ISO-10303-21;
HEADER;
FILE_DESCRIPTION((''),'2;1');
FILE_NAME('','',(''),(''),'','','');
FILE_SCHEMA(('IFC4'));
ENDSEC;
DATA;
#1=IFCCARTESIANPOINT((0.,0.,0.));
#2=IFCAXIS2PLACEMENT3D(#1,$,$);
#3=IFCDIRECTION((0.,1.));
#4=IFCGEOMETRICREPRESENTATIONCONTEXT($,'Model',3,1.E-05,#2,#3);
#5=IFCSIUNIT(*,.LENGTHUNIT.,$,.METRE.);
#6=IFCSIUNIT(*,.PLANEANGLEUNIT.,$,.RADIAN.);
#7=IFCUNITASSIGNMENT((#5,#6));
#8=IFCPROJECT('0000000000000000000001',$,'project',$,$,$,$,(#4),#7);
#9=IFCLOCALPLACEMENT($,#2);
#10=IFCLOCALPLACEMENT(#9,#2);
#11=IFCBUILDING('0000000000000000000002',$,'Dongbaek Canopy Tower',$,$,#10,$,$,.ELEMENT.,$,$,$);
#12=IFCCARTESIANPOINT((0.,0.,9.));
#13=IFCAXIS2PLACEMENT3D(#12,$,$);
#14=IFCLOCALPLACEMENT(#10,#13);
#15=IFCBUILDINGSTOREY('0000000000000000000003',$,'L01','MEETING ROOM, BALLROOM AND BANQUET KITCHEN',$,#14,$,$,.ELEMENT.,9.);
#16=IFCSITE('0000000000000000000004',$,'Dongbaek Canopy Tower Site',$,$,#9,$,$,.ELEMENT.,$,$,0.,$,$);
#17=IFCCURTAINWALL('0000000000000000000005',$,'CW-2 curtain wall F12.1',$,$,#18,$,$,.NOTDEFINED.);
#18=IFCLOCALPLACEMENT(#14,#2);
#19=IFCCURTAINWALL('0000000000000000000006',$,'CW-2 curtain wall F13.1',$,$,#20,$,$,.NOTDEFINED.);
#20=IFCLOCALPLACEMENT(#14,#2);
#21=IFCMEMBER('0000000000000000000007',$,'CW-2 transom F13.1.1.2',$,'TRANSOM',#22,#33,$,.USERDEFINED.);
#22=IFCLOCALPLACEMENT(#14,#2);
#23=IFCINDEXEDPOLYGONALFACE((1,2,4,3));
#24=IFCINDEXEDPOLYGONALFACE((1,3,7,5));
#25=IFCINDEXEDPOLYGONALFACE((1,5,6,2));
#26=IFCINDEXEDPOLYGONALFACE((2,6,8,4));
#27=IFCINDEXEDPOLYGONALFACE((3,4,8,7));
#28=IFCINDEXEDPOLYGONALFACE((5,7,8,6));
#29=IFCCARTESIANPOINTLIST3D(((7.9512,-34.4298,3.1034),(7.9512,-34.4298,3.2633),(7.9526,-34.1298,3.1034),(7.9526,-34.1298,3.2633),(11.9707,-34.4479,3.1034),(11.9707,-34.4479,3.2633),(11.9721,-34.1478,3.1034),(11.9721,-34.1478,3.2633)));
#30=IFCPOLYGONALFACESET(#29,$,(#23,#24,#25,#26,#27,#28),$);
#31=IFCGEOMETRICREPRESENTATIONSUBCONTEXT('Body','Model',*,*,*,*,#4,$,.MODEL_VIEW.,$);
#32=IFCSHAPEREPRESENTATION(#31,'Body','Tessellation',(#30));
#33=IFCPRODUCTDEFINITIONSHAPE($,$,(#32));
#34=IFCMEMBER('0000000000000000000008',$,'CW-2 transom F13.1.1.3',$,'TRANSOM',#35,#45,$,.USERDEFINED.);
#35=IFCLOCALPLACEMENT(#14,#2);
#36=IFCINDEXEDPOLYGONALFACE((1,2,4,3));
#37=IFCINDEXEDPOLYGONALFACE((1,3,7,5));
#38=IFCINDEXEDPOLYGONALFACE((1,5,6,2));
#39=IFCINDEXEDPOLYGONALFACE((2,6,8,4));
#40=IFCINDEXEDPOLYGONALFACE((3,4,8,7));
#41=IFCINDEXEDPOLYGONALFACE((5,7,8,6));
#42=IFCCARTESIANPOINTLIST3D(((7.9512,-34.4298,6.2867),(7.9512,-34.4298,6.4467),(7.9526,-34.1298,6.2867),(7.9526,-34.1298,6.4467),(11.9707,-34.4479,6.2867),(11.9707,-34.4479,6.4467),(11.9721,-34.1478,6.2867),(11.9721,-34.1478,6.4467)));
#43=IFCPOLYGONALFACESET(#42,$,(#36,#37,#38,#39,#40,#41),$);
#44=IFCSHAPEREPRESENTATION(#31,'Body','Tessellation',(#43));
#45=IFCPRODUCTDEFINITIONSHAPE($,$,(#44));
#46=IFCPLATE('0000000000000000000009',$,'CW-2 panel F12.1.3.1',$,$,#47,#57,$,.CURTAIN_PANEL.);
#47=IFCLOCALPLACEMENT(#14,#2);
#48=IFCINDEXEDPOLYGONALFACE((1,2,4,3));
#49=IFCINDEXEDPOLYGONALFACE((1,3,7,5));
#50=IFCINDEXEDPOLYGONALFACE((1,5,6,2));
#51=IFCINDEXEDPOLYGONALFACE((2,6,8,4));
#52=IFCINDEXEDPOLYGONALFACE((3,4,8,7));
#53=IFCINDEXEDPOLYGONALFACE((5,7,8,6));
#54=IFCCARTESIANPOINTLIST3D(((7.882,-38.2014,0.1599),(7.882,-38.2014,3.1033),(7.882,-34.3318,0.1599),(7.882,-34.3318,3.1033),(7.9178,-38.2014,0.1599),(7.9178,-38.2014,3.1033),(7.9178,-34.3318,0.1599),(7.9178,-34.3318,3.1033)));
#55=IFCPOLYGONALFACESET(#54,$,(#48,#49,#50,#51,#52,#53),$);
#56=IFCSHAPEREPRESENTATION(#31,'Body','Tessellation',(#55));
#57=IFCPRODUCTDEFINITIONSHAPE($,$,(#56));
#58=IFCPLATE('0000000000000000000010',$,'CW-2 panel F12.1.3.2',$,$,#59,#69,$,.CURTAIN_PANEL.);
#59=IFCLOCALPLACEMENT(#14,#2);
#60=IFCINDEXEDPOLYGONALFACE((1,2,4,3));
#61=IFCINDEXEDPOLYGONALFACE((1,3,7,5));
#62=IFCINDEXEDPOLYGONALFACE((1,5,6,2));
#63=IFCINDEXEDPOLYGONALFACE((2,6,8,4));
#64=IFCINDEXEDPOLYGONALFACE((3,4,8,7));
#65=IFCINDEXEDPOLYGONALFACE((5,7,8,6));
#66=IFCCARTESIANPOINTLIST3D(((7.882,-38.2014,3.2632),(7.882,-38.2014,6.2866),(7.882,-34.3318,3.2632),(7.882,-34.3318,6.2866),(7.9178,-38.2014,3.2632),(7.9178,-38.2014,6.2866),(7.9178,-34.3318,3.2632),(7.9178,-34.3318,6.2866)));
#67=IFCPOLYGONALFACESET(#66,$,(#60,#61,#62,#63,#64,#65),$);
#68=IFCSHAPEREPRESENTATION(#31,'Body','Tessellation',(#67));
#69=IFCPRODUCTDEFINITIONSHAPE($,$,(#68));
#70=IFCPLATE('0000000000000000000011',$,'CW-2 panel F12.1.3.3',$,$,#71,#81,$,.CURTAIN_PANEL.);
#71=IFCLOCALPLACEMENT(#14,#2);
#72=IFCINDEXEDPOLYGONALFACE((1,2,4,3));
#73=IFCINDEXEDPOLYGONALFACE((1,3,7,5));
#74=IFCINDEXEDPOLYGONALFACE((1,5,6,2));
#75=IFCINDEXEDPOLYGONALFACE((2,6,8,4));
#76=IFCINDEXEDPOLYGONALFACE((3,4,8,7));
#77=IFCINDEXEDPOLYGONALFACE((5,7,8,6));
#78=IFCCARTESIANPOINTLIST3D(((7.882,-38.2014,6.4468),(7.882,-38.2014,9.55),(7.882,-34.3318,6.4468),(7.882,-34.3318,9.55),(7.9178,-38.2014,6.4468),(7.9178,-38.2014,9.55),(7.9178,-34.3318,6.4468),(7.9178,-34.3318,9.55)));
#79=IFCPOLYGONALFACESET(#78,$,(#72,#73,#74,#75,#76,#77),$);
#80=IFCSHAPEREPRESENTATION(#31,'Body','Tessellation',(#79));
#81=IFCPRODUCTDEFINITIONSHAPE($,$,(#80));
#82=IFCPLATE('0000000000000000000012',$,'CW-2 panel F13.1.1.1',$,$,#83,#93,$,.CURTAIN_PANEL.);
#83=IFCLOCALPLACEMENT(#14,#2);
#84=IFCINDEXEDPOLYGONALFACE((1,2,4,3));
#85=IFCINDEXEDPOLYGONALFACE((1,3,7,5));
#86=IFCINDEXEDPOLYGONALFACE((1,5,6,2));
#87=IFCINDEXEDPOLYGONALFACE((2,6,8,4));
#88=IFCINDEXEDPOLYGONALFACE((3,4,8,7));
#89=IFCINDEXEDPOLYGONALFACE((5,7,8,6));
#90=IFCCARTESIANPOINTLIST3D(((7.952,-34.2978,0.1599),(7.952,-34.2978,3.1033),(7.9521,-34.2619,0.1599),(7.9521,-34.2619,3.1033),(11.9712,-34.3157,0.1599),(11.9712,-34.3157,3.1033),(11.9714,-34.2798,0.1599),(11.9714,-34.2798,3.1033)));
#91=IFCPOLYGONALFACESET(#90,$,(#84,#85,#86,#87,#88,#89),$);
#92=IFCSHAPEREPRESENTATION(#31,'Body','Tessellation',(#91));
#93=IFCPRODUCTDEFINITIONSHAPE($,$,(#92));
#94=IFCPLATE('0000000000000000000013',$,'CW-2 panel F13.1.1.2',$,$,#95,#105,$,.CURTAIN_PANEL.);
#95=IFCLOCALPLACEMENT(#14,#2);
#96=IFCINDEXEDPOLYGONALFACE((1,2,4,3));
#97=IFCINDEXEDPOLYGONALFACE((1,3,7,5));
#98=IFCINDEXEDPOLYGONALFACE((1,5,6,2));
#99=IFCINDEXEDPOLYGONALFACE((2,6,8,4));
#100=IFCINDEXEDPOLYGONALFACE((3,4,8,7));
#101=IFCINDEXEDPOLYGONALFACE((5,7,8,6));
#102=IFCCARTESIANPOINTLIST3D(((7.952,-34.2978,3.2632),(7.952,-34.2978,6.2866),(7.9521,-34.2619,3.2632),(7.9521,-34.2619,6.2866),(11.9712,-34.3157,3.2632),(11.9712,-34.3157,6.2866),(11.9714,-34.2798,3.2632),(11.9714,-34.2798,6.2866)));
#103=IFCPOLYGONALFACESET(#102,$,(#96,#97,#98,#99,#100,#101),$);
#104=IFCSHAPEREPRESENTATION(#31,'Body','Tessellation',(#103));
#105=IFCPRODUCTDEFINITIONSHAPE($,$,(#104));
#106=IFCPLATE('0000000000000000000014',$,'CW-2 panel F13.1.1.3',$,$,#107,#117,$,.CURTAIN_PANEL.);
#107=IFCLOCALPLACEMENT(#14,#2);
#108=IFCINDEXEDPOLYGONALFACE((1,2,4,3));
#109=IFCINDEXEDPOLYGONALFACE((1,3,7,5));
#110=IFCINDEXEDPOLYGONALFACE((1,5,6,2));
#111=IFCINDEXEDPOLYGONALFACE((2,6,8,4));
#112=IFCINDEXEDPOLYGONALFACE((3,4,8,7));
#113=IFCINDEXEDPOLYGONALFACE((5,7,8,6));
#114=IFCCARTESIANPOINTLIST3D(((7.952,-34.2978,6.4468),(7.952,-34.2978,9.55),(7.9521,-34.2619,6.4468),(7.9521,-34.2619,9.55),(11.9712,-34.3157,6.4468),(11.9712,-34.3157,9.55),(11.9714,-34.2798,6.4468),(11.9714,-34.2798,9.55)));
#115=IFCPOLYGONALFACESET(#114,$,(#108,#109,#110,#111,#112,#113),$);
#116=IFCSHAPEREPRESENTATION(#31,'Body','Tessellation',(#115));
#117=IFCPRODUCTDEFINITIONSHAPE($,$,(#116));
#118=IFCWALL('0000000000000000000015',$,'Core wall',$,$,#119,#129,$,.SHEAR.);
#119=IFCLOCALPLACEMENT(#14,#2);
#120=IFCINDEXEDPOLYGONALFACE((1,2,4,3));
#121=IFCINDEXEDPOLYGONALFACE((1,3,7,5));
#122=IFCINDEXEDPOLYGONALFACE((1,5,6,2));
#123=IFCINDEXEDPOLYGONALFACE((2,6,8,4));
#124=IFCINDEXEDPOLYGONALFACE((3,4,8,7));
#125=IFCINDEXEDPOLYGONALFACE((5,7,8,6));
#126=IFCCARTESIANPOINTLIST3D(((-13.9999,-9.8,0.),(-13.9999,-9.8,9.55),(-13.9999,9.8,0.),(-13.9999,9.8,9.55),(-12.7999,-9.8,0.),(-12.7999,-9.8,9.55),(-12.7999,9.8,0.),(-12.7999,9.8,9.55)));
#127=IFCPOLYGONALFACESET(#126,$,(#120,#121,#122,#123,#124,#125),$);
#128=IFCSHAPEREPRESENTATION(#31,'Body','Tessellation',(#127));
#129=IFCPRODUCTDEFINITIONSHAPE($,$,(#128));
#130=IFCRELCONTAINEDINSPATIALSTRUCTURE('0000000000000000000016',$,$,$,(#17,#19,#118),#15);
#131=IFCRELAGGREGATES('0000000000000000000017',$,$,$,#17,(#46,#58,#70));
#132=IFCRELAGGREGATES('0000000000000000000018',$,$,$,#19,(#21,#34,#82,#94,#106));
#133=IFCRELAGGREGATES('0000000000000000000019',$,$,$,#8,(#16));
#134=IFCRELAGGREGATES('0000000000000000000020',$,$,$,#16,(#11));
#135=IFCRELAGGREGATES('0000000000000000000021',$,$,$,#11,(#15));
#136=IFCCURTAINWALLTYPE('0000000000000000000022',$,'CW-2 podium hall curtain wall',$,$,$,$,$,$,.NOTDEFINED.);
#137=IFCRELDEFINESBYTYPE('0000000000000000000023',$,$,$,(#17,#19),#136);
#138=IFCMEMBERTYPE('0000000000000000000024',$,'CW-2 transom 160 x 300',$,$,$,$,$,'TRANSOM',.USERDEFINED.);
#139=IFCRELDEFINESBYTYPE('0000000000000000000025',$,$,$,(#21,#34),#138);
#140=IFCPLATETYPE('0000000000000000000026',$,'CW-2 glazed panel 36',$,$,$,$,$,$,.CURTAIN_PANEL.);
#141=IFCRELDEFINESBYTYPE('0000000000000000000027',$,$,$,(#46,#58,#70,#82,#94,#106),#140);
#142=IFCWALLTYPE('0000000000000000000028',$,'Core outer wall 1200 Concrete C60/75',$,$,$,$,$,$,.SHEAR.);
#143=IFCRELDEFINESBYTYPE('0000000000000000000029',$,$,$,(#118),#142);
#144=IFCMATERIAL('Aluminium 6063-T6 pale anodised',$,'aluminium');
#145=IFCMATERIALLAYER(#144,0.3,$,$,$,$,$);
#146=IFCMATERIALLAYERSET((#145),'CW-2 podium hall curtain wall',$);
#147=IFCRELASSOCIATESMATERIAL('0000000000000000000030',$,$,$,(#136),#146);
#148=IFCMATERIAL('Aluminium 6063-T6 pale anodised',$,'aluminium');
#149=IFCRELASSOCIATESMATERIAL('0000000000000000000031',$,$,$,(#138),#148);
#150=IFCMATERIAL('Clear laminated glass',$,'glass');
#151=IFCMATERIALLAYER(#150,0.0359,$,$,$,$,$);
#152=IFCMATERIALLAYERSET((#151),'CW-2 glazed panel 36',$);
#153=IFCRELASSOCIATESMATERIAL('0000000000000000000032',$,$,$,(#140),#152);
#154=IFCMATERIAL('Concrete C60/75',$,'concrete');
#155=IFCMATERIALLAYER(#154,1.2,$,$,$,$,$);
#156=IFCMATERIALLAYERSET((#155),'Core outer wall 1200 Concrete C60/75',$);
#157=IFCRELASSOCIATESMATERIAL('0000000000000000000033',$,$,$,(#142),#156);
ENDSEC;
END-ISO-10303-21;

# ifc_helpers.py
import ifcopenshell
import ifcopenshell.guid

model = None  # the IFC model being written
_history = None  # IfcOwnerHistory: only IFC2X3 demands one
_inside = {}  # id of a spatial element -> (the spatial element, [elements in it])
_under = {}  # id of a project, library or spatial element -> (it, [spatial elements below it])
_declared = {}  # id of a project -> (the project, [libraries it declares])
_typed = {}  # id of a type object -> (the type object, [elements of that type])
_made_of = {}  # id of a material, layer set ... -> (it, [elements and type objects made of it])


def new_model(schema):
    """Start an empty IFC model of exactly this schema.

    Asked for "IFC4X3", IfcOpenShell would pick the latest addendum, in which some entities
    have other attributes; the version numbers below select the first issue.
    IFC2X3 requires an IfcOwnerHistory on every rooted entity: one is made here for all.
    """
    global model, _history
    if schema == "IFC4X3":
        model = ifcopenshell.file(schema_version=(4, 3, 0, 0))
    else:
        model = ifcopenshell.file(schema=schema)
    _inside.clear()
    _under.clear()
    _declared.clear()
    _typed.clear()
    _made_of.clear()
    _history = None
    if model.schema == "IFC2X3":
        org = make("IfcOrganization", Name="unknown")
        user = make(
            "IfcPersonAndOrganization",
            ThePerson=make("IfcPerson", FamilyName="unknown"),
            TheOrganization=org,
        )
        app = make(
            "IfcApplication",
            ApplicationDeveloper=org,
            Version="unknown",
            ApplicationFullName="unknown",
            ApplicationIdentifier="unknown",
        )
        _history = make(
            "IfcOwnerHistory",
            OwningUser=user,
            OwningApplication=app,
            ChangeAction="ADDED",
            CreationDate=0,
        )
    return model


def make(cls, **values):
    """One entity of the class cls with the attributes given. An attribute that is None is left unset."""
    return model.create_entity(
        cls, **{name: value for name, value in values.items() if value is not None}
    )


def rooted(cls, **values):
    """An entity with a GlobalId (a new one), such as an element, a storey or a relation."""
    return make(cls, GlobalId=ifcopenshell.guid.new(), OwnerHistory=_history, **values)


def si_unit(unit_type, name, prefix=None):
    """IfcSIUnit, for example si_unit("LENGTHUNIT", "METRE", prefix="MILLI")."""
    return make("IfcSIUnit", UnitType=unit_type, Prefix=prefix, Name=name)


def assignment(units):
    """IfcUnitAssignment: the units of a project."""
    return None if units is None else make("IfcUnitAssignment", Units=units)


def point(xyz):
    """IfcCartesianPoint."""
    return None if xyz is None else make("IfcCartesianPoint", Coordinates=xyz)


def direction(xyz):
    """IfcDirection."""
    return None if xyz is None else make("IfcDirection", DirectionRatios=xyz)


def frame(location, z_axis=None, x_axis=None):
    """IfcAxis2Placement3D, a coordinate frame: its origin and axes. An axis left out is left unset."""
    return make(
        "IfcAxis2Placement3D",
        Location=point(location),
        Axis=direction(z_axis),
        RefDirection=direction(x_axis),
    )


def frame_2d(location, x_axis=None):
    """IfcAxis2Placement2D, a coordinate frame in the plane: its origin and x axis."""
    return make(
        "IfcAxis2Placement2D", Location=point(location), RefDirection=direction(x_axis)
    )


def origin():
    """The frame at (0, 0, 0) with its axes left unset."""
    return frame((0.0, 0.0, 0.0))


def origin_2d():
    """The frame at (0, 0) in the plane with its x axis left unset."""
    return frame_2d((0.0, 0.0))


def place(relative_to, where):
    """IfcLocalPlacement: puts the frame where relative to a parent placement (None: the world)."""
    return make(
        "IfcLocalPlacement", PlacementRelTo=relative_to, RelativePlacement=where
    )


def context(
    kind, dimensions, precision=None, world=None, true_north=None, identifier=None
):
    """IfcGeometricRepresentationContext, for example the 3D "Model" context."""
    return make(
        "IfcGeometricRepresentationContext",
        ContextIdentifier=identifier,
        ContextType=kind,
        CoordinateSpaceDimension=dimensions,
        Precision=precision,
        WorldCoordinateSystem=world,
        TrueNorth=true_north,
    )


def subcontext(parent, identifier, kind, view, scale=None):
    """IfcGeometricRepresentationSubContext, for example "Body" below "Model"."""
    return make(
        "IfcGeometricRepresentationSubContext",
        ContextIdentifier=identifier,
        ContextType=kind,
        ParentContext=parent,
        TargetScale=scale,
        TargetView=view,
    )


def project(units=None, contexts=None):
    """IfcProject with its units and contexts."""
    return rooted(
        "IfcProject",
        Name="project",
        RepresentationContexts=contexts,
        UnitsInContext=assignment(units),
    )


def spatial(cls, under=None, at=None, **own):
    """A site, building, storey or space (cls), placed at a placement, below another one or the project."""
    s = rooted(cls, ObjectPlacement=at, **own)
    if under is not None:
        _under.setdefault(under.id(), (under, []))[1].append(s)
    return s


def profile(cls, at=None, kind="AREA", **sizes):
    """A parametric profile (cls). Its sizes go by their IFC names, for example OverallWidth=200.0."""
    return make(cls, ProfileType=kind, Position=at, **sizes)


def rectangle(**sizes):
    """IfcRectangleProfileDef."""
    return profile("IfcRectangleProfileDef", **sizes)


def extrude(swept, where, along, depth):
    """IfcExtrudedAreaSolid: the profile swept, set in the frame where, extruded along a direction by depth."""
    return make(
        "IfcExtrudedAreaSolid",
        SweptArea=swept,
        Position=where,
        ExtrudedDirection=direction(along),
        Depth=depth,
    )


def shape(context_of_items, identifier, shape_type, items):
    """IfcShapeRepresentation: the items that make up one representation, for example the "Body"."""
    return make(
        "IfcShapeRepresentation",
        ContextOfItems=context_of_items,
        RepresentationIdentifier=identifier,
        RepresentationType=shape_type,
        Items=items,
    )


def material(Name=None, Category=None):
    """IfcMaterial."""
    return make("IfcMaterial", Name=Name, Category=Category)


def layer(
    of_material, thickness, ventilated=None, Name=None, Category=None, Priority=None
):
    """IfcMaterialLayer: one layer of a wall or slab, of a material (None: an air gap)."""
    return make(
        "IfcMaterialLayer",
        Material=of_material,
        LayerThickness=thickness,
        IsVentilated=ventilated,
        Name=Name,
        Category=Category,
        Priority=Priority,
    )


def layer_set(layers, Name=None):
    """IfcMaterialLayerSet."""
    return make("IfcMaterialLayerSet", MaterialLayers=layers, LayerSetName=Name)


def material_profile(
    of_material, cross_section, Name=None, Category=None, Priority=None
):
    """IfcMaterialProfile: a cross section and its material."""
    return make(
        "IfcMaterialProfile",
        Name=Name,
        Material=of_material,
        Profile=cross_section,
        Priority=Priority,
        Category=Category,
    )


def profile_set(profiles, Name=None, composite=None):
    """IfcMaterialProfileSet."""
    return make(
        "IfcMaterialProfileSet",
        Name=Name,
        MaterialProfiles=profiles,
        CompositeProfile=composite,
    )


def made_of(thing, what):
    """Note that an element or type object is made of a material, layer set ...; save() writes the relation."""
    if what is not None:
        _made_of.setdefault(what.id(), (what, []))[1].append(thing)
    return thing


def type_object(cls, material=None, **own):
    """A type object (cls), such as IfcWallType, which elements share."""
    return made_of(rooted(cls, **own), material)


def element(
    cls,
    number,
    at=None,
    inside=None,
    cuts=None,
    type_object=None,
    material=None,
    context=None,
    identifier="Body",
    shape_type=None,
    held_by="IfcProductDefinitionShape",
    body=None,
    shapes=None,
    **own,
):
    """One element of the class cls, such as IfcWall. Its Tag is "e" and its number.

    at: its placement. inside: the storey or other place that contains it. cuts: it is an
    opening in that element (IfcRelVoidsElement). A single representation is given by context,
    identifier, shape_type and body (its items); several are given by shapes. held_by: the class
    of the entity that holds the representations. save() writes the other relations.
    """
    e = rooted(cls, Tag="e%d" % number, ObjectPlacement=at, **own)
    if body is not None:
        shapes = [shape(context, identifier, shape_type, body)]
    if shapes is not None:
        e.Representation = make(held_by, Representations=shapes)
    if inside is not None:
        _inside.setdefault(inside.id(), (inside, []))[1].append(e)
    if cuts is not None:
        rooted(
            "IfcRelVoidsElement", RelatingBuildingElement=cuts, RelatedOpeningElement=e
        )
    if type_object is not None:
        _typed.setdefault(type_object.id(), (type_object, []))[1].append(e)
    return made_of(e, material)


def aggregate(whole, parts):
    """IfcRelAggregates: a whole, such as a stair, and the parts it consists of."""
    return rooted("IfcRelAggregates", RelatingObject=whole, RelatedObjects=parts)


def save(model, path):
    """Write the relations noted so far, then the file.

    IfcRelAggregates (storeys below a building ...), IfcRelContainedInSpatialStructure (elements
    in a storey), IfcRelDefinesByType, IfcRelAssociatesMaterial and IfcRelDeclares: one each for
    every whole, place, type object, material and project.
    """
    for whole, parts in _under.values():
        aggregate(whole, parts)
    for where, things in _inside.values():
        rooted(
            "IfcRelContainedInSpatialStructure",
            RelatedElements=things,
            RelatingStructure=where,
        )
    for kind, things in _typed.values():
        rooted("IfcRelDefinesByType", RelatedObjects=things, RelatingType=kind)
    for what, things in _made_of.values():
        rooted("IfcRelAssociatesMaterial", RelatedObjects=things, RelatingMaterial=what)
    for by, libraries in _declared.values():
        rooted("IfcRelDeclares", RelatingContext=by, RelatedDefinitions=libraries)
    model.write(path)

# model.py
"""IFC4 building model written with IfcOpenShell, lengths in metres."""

from ifc_helpers import new_model, si_unit, direction, frame, frame_2d, origin, origin_2d, place, context, subcontext, project, spatial, rectangle, extrude, material, layer, layer_set, material_profile, profile_set, type_object, element, aggregate, save


model = new_model("IFC4")

# Units and contexts
model_context = context("Model", 3, precision=1e-05, world=origin(), true_north=direction((0.0, 1.0)))
body_context = subcontext(model_context, "Body", "Model", "MODEL_VIEW")
ifc_project = project(units=[si_unit("LENGTHUNIT", "METRE"), si_unit("PLANEANGLEUNIT", "RADIAN")], contexts=[model_context])

# Site, building, storey
site_placement = place(None, origin())
site = spatial("IfcSite", under=ifc_project, at=site_placement, Name="Dongbaek Canopy Tower Site", CompositionType="ELEMENT", RefElevation=0.0)
building_placement = place(site_placement, origin())
building = spatial("IfcBuilding", under=site, at=building_placement, Name="Dongbaek Canopy Tower", CompositionType="ELEMENT")
storey_placement = place(building_placement, frame((0.0, 0.0, 9.0)))
storey = spatial("IfcBuildingStorey", under=building, at=storey_placement, Name="L01", Description="MEETING ROOM, BALLROOM AND BANQUET KITCHEN", CompositionType="ELEMENT", Elevation=9.0)

# Curtain walls, members
ifc_material_1 = material(Name="Aluminium 6063-T6 pale anodised", Category="aluminium")
ifc_layer_1 = layer(ifc_material_1, 0.3)
ifc_layer_set_1 = layer_set([ifc_layer_1], Name="CW-2 podium hall curtain wall")
curtain_wall_type = type_object("IfcCurtainWallType", Name="CW-2 podium hall curtain wall", PredefinedType="NOTDEFINED", material=ifc_layer_set_1)
curtain_wall_1_placement = place(storey_placement, origin())
curtain_wall_1 = element("IfcCurtainWall", 1, at=curtain_wall_1_placement, inside=storey, type_object=curtain_wall_type, Name="CW-2 curtain wall F12.1", PredefinedType="NOTDEFINED")
ifc_material_2 = material(Name="Aluminium 6063-T6 pale anodised", Category="aluminium")
ifc_material_profile_1 = material_profile(ifc_material_2, rectangle(XDim=0.3, YDim=0.1599, at=origin_2d()), Name="CW-2 transom 160 x 300")
ifc_profile_set_1 = profile_set([ifc_material_profile_1], Name="Aluminium 6063-T6 pale anodised")
member_type_1 = type_object("IfcMemberType", Name="CW-2 transom 160 x 300", ElementType="TRANSOM", PredefinedType="USERDEFINED", material=ifc_profile_set_1)
curtain_wall_2_placement = place(storey_placement, origin())
curtain_wall_2 = element("IfcCurtainWall", 2, at=curtain_wall_2_placement, inside=storey, type_object=curtain_wall_type, Name="CW-2 curtain wall F13.1", PredefinedType="NOTDEFINED")
member_1_placement = place(storey_placement, frame((7.9519, -34.2798, 3.1833), z_axis=(0.99999, -0.004495, 0.0), x_axis=(0.004495, 0.99999, 0.0)))
member_1 = element("IfcMember", 3, at=member_1_placement, type_object=member_type_1, Name="CW-2 transom F13.1.1.2", ObjectType="TRANSOM", PredefinedType="USERDEFINED", context=body_context, shape_type="SweptSolid", body=[
    extrude(rectangle(XDim=0.3, YDim=0.1599, at=origin_2d()), origin(), (0.0, 0.0, 1.0), 4.0195),
])
member_2_placement = place(storey_placement, frame((7.9519, -34.2798, 6.3667), z_axis=(0.99999, -0.004495, 0.0), x_axis=(0.004495, 0.99999, 0.0)))
member_2 = element("IfcMember", 4, at=member_2_placement, type_object=member_type_1, Name="CW-2 transom F13.1.1.3", ObjectType="TRANSOM", PredefinedType="USERDEFINED", context=body_context, shape_type="SweptSolid", body=[
    extrude(rectangle(XDim=0.3, YDim=0.1599, at=origin_2d()), origin(), (0.0, 0.0, 1.0), 4.0195),
])

# Plates
ifc_material_3 = material(Name="Clear laminated glass", Category="glass")
ifc_layer_2 = layer(ifc_material_3, 0.0359)
ifc_layer_set_2 = layer_set([ifc_layer_2], Name="CW-2 glazed panel 36")
plate_type = type_object("IfcPlateType", Name="CW-2 glazed panel 36", PredefinedType="CURTAIN_PANEL", material=ifc_layer_set_2)
plate_1_placement = place(storey_placement, frame((7.8999, -36.2666, 0.1599), z_axis=(0.0, 0.0, 1.0), x_axis=(0.0, 1.0, 0.0)))
plate_1 = element("IfcPlate", 5, at=plate_1_placement, type_object=plate_type, Name="CW-2 panel F12.1.3.1", PredefinedType="CURTAIN_PANEL", context=body_context, shape_type="SweptSolid", body=[
    extrude(rectangle(XDim=3.8696, YDim=0.0359, at=origin_2d()), origin(), (0.0, 0.0, 1.0), 2.9434),
])
plate_2_placement = place(storey_placement, frame((7.8999, -36.2666, 3.2632), z_axis=(0.0, 0.0, 1.0), x_axis=(0.0, 1.0, 0.0)))
plate_2 = element("IfcPlate", 6, at=plate_2_placement, type_object=plate_type, Name="CW-2 panel F12.1.3.2", PredefinedType="CURTAIN_PANEL", context=body_context, shape_type="SweptSolid", body=[
    extrude(rectangle(XDim=3.8696, YDim=0.0359, at=origin_2d()), origin(), (0.0, 0.0, 1.0), 3.0234),
])
plate_3_placement = place(storey_placement, frame((7.8999, -36.2666, 6.4468), z_axis=(0.0, 0.0, 1.0), x_axis=(0.0, 1.0, 0.0)))
plate_3 = element("IfcPlate", 7, at=plate_3_placement, type_object=plate_type, Name="CW-2 panel F12.1.3.3", PredefinedType="CURTAIN_PANEL", context=body_context, shape_type="SweptSolid", body=[
    extrude(rectangle(XDim=3.8696, YDim=0.0359, at=origin_2d()), origin(), (0.0, 0.0, 1.0), 3.1033),
])
aggregate(curtain_wall_1, [plate_1, plate_2, plate_3])
plate_4_placement = place(storey_placement, frame((9.9617, -34.2888, 0.1599), z_axis=(0.0, 0.0, 1.0), x_axis=(0.99999, -0.004466, 0.0)))
plate_4 = element("IfcPlate", 8, at=plate_4_placement, type_object=plate_type, Name="CW-2 panel F13.1.1.1", PredefinedType="CURTAIN_PANEL", context=body_context, shape_type="SweptSolid", body=[
    extrude(rectangle(XDim=4.0193, YDim=0.0359, at=origin_2d()), origin(), (0.0, 0.0, 1.0), 2.9434),
])
plate_5_placement = place(storey_placement, frame((9.9617, -34.2888, 3.2632), z_axis=(0.0, 0.0, 1.0), x_axis=(0.99999, -0.004466, 0.0)))
plate_5 = element("IfcPlate", 9, at=plate_5_placement, type_object=plate_type, Name="CW-2 panel F13.1.1.2", PredefinedType="CURTAIN_PANEL", context=body_context, shape_type="SweptSolid", body=[
    extrude(rectangle(XDim=4.0193, YDim=0.0359, at=origin_2d()), origin(), (0.0, 0.0, 1.0), 3.0234),
])
plate_6_placement = place(storey_placement, frame((9.9617, -34.2888, 6.4468), z_axis=(0.0, 0.0, 1.0), x_axis=(0.99999, -0.004466, 0.0)))
plate_6 = element("IfcPlate", 10, at=plate_6_placement, type_object=plate_type, Name="CW-2 panel F13.1.1.3", PredefinedType="CURTAIN_PANEL", context=body_context, shape_type="SweptSolid", body=[
    extrude(rectangle(XDim=4.0193, YDim=0.0359, at=origin_2d()), origin(), (0.0, 0.0, 1.0), 3.1033),
])
aggregate(curtain_wall_2, [member_1, member_2, plate_4, plate_5, plate_6])

# Wall
ifc_material_4 = material(Name="Concrete C60/75", Category="concrete")
ifc_layer_3 = layer(ifc_material_4, 1.2)
ifc_layer_set_3 = layer_set([ifc_layer_3], Name="Core outer wall 1200 Concrete C60/75")
wall_type_1 = type_object("IfcWallType", Name="Core outer wall 1200 Concrete C60/75", PredefinedType="SHEAR", material=ifc_layer_set_3)
wall_1_placement = place(storey_placement, frame((-13.3999, -9.8, 0.0), z_axis=(0.0, 0.0, 1.0), x_axis=(0.0, 1.0, 0.0)))
element("IfcWall", 11, at=wall_1_placement, inside=storey, type_object=wall_type_1, Name="Core wall", PredefinedType="SHEAR", context=body_context, shape_type="SweptSolid", body=[
    extrude(rectangle(XDim=19.6001, YDim=1.2, at=frame_2d((9.8, 0.0))), origin(), (0.0, 0.0, 1.0), 9.55),
])

save(model, "model.ifc")
